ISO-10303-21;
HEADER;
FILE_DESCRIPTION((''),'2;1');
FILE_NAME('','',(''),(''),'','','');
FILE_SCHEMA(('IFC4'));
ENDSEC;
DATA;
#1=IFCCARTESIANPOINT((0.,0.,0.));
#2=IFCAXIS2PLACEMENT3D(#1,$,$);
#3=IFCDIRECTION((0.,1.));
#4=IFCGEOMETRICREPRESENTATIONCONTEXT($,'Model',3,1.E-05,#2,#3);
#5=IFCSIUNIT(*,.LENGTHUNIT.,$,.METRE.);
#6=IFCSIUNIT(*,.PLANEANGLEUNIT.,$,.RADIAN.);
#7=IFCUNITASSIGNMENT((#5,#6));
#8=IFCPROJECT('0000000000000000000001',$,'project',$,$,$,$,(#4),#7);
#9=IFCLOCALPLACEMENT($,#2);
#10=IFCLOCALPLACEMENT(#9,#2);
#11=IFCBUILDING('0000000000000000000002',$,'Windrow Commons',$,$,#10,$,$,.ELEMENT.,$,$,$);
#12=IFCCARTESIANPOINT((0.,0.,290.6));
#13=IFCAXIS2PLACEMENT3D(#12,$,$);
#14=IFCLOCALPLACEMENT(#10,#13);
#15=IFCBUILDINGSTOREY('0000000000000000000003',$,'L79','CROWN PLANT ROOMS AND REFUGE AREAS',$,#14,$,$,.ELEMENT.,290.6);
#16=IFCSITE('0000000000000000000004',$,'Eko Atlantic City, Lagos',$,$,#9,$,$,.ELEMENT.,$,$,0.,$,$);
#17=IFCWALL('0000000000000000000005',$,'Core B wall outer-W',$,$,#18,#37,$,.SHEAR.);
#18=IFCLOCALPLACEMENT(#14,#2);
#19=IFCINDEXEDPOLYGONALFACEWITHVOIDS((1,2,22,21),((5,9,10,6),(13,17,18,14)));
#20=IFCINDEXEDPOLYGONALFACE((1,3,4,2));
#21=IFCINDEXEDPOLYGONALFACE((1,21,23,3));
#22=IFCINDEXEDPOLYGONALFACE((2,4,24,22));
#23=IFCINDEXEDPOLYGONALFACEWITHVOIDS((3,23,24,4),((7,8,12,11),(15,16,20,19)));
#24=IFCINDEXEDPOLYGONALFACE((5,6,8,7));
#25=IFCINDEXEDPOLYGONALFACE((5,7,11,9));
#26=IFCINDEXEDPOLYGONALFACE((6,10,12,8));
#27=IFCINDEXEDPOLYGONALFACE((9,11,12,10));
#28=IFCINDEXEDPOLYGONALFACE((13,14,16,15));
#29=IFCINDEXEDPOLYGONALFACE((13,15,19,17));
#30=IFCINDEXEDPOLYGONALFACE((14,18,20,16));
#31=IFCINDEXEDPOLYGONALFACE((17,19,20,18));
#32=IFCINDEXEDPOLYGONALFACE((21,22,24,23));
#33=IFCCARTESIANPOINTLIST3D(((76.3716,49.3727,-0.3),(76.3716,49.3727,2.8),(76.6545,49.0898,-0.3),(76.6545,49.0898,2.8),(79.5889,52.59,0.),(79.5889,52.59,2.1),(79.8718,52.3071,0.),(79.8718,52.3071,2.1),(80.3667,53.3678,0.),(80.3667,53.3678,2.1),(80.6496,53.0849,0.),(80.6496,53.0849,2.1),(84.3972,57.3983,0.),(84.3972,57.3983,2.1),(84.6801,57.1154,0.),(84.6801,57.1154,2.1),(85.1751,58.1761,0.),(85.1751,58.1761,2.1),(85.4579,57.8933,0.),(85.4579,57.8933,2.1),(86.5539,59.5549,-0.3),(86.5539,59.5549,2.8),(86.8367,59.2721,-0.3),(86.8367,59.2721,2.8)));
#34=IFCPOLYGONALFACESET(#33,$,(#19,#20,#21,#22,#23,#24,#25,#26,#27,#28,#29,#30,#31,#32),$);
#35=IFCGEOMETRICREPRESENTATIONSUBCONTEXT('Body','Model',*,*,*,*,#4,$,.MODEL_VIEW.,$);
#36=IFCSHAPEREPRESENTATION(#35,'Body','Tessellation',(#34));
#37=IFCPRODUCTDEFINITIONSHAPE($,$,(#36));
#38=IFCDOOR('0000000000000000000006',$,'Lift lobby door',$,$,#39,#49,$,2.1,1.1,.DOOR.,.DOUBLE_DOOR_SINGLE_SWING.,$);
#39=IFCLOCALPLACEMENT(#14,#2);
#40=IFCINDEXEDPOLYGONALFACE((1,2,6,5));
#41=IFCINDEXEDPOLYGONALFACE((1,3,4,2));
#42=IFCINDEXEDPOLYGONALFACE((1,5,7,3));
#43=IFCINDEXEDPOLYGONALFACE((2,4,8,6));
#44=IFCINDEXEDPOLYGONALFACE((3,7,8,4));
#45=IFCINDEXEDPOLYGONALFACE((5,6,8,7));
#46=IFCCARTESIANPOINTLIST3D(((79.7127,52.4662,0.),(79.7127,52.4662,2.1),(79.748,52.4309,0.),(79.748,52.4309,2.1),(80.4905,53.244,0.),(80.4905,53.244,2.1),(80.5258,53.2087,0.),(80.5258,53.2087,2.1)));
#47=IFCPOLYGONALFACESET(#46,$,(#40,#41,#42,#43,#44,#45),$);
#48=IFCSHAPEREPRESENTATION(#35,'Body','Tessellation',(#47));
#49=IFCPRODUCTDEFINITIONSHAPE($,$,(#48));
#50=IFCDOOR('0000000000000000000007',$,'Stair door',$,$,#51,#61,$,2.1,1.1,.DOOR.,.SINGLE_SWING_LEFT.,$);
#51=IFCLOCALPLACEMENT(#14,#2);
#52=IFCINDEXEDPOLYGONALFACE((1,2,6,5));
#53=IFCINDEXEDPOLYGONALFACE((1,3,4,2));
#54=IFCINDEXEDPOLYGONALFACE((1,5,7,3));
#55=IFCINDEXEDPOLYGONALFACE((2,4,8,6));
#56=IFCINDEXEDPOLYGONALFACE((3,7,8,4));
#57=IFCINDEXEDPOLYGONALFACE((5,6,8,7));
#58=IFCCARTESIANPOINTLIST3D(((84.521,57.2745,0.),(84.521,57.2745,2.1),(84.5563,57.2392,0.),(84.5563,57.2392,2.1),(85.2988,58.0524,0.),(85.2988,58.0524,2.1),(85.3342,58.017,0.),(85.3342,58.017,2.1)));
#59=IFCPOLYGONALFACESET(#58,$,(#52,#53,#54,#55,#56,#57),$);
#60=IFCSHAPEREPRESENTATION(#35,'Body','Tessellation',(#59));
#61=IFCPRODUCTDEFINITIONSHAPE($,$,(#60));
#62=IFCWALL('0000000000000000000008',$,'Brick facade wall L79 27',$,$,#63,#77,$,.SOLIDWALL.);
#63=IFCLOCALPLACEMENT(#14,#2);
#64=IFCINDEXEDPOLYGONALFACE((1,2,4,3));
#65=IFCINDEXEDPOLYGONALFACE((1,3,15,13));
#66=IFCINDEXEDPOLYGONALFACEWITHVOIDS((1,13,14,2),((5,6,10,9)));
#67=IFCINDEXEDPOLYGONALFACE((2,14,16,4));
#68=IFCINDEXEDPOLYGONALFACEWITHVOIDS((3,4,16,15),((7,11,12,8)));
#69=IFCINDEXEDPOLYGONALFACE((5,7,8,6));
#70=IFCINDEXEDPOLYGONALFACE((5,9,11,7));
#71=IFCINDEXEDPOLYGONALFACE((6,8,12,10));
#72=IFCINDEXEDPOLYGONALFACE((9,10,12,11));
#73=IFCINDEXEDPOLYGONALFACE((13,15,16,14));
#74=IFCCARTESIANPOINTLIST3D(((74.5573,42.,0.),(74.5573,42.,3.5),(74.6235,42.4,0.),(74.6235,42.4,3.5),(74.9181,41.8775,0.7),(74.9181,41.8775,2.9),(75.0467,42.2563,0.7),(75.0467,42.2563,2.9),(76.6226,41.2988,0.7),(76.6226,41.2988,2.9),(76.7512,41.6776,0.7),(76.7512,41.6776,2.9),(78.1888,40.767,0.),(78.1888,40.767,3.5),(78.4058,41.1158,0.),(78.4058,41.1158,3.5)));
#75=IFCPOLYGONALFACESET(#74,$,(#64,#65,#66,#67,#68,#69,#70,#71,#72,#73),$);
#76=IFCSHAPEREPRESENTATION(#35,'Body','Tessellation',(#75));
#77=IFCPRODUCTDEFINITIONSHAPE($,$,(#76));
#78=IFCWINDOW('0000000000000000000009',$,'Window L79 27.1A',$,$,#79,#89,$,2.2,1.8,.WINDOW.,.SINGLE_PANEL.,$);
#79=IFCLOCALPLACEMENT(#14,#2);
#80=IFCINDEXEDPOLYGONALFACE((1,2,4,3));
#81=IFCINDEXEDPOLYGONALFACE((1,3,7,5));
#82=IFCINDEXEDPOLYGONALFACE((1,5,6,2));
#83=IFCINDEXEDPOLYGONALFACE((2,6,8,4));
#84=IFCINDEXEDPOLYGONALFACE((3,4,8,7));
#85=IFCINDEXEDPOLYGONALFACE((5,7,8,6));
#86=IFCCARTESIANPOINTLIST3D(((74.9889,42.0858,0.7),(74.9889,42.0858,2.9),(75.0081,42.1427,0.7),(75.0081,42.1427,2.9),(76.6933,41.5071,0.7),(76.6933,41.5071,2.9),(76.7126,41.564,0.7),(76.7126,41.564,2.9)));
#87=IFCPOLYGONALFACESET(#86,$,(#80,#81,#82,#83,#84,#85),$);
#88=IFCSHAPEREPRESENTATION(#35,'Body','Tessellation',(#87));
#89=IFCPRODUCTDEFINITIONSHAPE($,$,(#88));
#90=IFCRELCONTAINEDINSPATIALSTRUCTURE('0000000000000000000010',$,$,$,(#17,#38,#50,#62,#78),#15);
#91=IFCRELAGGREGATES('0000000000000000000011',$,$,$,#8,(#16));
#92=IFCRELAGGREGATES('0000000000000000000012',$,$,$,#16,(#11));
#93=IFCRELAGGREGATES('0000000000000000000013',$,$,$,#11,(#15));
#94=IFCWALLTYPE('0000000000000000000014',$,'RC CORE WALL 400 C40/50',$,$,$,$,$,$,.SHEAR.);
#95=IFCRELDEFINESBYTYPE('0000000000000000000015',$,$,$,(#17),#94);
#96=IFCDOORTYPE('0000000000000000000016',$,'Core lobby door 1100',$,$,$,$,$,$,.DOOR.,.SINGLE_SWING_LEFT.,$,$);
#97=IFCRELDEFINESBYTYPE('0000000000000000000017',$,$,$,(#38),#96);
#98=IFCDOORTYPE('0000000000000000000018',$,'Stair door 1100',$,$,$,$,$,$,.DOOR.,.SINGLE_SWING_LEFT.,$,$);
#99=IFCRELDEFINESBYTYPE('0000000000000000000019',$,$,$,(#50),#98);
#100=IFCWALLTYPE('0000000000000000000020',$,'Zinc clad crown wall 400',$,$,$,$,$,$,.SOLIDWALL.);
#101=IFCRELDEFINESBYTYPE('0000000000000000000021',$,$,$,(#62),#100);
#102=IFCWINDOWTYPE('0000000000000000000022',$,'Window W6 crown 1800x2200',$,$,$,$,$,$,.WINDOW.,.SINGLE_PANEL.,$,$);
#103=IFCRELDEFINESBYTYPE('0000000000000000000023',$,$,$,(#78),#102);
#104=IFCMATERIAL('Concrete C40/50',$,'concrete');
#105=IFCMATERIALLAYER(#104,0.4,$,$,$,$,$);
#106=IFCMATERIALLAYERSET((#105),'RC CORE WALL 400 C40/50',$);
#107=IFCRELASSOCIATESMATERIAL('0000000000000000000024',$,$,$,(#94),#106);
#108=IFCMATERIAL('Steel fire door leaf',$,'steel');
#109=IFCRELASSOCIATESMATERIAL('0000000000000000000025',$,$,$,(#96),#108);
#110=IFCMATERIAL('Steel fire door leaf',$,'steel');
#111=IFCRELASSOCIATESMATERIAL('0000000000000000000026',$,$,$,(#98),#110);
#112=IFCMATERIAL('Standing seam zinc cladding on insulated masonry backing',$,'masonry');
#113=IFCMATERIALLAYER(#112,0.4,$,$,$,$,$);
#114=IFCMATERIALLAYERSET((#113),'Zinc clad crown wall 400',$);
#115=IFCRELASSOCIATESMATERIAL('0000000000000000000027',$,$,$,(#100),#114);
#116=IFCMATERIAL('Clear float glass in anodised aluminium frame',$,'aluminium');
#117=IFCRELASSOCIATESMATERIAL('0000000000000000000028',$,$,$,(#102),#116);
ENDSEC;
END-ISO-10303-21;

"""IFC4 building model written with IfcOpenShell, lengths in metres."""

from ifc_helpers import new_model, si_unit, direction, frame, frame_2d, origin, place, context, subcontext, project, spatial, polyline, rectangle, outline, extrude, material, layer, layer_set, type_object, element, fill, save


model = new_model("IFC4")

# Units and contexts
model_context = context("Model", 3, precision=1e-05, world=origin(), true_north=direction((0.0, 1.0)))
body_context = subcontext(model_context, "Body", "Model", "MODEL_VIEW")
ifc_project = project(units=[si_unit("LENGTHUNIT", "METRE"), si_unit("PLANEANGLEUNIT", "RADIAN")], contexts=[model_context])

# Site, building, storey
site_placement = place(None, origin())
site = spatial("IfcSite", under=ifc_project, at=site_placement, Name="Eko Atlantic City, Lagos", CompositionType="ELEMENT", RefElevation=0.0)
building_placement = place(site_placement, origin())
building = spatial("IfcBuilding", under=site, at=building_placement, Name="Windrow Commons", CompositionType="ELEMENT")
storey_placement = place(building_placement, frame((0.0, 0.0, 290.6)))
storey = spatial("IfcBuildingStorey", under=building, at=storey_placement, Name="L79", Description="CROWN PLANT ROOMS AND REFUGE AREAS", CompositionType="ELEMENT", Elevation=290.6)

# Shared definitions
ifc_material_1 = material(Name="Concrete C40/50", Category="concrete")
ifc_layer_1 = layer(ifc_material_1, 0.4)
ifc_layer_set_1 = layer_set([ifc_layer_1], Name="RC CORE WALL 400 C40/50")
wall_type_1 = type_object("IfcWallType", Name="RC CORE WALL 400 C40/50", PredefinedType="SHEAR", material=ifc_layer_set_1)

# Wall, openings, doors
wall_1_placement = place(storey_placement, frame((76.513, 49.2312, -0.3), z_axis=(0.0, 0.0, 1.0), x_axis=(0.707107, 0.707107, 0.0)))
wall_1 = element("IfcWall", 1, at=wall_1_placement, inside=storey, type_object=wall_type_1, Name="Core B wall outer-W", PredefinedType="SHEAR", context=body_context, shape_type="SweptSolid", body=[
    extrude(rectangle(XDim=14.3999, YDim=0.4, at=frame_2d((7.2, 0.0))), origin(), (0.0, 0.0, 1.0), 3.1),
])
opening_1_placement = place(wall_1_placement, frame((4.55, 0.0, 0.3)))
opening_1 = element("IfcOpeningElement", 2, at=opening_1_placement, cuts=wall_1, PredefinedType="OPENING", context=body_context, shape_type="SweptSolid", body=[
    extrude(rectangle(XDim=1.1, YDim=2.1, at=frame_2d((0.55, 1.05))), frame((0.0, 0.21, 0.0), z_axis=(0.0, -1.0, 0.0), x_axis=(1.0, 0.0, 0.0)), (0.0, 0.0, 1.0), 0.42),
])
opening_2_placement = place(wall_1_placement, frame((11.35, 0.0, 0.3)))
opening_2 = element("IfcOpeningElement", 3, at=opening_2_placement, cuts=wall_1, PredefinedType="OPENING", context=body_context, shape_type="SweptSolid", body=[
    extrude(rectangle(XDim=1.1, YDim=2.1, at=frame_2d((0.55, 1.05))), frame((0.0, 0.21, 0.0), z_axis=(0.0, -1.0, 0.0), x_axis=(1.0, 0.0, 0.0)), (0.0, 0.0, 1.0), 0.42),
])
ifc_material_2 = material(Name="Steel fire door leaf", Category="steel")
door_type_1 = type_object("IfcDoorType", Name="Core lobby door 1100", OperationType="SINGLE_SWING_LEFT", PredefinedType="DOOR", material=ifc_material_2)
door_1_placement = place(opening_1_placement, origin())
door_1 = element("IfcDoor", 4, at=door_1_placement, inside=storey, type_object=door_type_1, Name="Lift lobby door", OperationType="DOUBLE_DOOR_SINGLE_SWING", OverallHeight=2.1, OverallWidth=1.1, PredefinedType="DOOR", context=body_context, shape_type="SweptSolid", body=[
    extrude(rectangle(XDim=1.1, YDim=2.1, at=frame_2d((0.55, 1.05))), frame((0.0, 0.025, 0.0), z_axis=(0.0, -1.0, 0.0), x_axis=(1.0, 0.0, 0.0)), (0.0, 0.0, 1.0), 0.05),
])
fill(opening_1, door_1)
ifc_material_3 = material(Name="Steel fire door leaf", Category="steel")
door_type_2 = type_object("IfcDoorType", Name="Stair door 1100", OperationType="SINGLE_SWING_LEFT", PredefinedType="DOOR", material=ifc_material_3)
door_2_placement = place(opening_2_placement, origin())
door_2 = element("IfcDoor", 5, at=door_2_placement, inside=storey, type_object=door_type_2, Name="Stair door", OperationType="SINGLE_SWING_LEFT", OverallHeight=2.1, OverallWidth=1.1, PredefinedType="DOOR", context=body_context, shape_type="SweptSolid", body=[
    extrude(rectangle(XDim=1.1, YDim=2.1, at=frame_2d((0.55, 1.05))), frame((0.0, 0.025, 0.0), z_axis=(0.0, -1.0, 0.0), x_axis=(1.0, 0.0, 0.0)), (0.0, 0.0, 1.0), 0.05),
])
fill(opening_2, door_2)

# Wall, opening, window
ifc_material_4 = material(Name="Standing seam zinc cladding on insulated masonry backing", Category="masonry")
ifc_layer_2 = layer(ifc_material_4, 0.4)
ifc_layer_set_2 = layer_set([ifc_layer_2], Name="Zinc clad crown wall 400")
wall_type_2 = type_object("IfcWallType", Name="Zinc clad crown wall 400", PredefinedType="SOLIDWALL", material=ifc_layer_set_2)
wall_2_placement = place(storey_placement, frame((74.5904, 42.2, 0.0), z_axis=(0.0, 0.0, 1.0), x_axis=(0.946911, -0.321495, 0.0)))
wall_2 = element("IfcWall", 6, at=wall_2_placement, inside=storey, type_object=wall_type_2, Name="Brick facade wall L79 27", PredefinedType="SOLIDWALL", context=body_context, shape_type="SweptSolid", body=[
    extrude(outline(polyline([(0.033, -0.2), (3.8681, -0.2), (3.9614, 0.2), (-0.033, 0.2), (0.033, -0.2)])), origin(), (0.0, 0.0, 1.0), 3.5),
])
opening_3_placement = place(wall_2_placement, frame((0.414, 0.0, 0.7)))
opening_3 = element("IfcOpeningElement", 7, at=opening_3_placement, cuts=wall_2, PredefinedType="OPENING", context=body_context, shape_type="SweptSolid", body=[
    extrude(rectangle(XDim=1.8, YDim=2.2, at=frame_2d((0.9, 1.1))), frame((0.0, 0.21, 0.0), z_axis=(0.0, -1.0, 0.0), x_axis=(1.0, 0.0, 0.0)), (0.0, 0.0, 1.0), 0.42),
])
ifc_material_5 = material(Name="Clear float glass in anodised aluminium frame", Category="aluminium")
window_type = type_object("IfcWindowType", Name="Window W6 crown 1800x2200", PartitioningType="SINGLE_PANEL", PredefinedType="WINDOW", material=ifc_material_5)
window_1_placement = place(opening_3_placement, origin())
window_1 = element("IfcWindow", 8, at=window_1_placement, inside=storey, type_object=window_type, Name="Window L79 27.1A", OverallHeight=2.2, OverallWidth=1.8, PartitioningType="SINGLE_PANEL", PredefinedType="WINDOW", context=body_context, shape_type="SweptSolid", body=[
    extrude(rectangle(XDim=1.8, YDim=2.2, at=frame_2d((0.9, 1.1))), frame((0.0, 0.08, 0.0), z_axis=(0.0, -1.0, 0.0), x_axis=(1.0, 0.0, 0.0)), (0.0, 0.0, 1.0), 0.06),
])
fill(opening_3, window_1)

save(model, "model.ifc")
